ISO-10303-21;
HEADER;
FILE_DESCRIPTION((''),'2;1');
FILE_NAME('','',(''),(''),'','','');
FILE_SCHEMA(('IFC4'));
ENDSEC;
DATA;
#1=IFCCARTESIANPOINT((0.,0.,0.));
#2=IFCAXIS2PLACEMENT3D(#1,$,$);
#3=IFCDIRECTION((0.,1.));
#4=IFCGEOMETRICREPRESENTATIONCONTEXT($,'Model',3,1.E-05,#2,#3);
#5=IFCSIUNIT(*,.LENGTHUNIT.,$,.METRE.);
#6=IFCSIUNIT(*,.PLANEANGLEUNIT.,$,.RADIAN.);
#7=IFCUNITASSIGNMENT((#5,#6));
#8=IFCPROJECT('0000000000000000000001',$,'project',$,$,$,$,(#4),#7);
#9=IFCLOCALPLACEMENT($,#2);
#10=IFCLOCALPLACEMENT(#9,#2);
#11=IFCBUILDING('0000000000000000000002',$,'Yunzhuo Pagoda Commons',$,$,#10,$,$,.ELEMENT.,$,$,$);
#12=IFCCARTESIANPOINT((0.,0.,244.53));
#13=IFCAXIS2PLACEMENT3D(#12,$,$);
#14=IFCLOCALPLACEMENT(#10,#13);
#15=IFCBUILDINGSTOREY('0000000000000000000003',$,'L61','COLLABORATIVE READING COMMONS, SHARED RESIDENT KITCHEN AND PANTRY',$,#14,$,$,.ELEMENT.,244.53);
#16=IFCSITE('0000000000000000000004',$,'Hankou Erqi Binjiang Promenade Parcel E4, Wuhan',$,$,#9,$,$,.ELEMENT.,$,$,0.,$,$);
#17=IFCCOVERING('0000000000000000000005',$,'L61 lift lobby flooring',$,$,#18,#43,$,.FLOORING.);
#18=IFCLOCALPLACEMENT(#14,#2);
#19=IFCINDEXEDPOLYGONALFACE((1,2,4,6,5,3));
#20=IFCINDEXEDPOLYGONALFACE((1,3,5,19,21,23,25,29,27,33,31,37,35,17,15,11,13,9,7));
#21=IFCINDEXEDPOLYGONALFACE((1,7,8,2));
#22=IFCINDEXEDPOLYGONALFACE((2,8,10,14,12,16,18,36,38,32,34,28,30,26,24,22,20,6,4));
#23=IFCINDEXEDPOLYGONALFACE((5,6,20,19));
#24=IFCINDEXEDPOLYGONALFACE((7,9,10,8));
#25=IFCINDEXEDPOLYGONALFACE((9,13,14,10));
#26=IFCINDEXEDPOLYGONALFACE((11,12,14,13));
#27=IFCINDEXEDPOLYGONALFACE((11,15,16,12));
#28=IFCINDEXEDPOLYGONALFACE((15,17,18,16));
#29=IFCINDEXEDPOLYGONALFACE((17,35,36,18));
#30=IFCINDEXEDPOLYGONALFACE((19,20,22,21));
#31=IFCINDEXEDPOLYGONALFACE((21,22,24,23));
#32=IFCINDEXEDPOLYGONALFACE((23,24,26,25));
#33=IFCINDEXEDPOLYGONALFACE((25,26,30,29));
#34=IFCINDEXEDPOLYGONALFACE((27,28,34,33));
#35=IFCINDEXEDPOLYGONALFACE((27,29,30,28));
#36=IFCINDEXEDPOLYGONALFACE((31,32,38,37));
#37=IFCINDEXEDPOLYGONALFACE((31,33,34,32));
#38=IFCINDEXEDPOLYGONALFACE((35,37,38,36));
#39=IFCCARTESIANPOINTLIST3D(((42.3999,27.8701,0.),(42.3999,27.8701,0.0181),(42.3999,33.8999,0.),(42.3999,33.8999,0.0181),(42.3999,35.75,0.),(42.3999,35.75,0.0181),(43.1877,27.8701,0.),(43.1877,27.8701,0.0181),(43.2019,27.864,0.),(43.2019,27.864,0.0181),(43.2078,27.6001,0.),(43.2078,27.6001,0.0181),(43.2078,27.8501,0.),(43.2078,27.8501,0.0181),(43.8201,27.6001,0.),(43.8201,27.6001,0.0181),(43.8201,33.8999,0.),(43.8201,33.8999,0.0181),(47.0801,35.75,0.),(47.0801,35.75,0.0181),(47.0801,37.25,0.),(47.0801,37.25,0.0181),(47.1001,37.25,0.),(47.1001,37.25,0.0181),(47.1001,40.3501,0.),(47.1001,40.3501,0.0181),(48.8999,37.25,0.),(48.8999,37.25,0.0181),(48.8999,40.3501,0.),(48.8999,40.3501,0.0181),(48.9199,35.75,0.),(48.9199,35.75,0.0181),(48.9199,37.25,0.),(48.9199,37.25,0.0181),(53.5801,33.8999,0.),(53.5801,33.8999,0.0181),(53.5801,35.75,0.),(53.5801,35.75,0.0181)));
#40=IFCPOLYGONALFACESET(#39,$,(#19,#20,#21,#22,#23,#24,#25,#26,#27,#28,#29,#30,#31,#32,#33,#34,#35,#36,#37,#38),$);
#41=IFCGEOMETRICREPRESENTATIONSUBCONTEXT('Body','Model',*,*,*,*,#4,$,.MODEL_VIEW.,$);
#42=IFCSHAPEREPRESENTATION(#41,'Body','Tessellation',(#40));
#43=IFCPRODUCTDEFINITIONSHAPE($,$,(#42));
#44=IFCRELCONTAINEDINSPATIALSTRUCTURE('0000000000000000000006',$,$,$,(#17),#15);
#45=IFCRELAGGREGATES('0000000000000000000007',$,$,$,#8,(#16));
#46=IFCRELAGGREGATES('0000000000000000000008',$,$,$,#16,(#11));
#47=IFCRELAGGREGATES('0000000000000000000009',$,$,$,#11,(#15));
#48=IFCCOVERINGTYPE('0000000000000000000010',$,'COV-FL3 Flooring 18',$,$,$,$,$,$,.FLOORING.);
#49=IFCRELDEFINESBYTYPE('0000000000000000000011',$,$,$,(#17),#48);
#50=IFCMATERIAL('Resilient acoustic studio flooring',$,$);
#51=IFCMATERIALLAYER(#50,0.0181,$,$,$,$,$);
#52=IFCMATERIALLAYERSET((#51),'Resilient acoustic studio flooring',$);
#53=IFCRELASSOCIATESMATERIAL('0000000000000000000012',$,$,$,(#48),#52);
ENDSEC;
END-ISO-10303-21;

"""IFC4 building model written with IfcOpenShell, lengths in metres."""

from ifc_helpers import new_model, si_unit, direction, frame, origin, place, context, subcontext, project, spatial, polyline, outline, extrude, material, layer, layer_set, type_object, element, save


model = new_model("IFC4")

# Units and contexts
model_context = context("Model", 3, precision=1e-05, world=origin(), true_north=direction((0.0, 1.0)))
body_context = subcontext(model_context, "Body", "Model", "MODEL_VIEW")
ifc_project = project(units=[si_unit("LENGTHUNIT", "METRE"), si_unit("PLANEANGLEUNIT", "RADIAN")], contexts=[model_context])

# Site, building, storey
site_placement = place(None, origin())
site = spatial("IfcSite", under=ifc_project, at=site_placement, Name="Hankou Erqi Binjiang Promenade Parcel E4, Wuhan", CompositionType="ELEMENT", RefElevation=0.0)
building_placement = place(site_placement, origin())
building = spatial("IfcBuilding", under=site, at=building_placement, Name="Yunzhuo Pagoda Commons", CompositionType="ELEMENT")
storey_placement = place(building_placement, frame((0.0, 0.0, 244.53)))
storey = spatial("IfcBuildingStorey", under=building, at=storey_placement, Name="L61", Description="COLLABORATIVE READING COMMONS, SHARED RESIDENT KITCHEN AND PANTRY", CompositionType="ELEMENT", Elevation=244.53)

# Covering
ifc_material_1 = material(Name="Resilient acoustic studio flooring")
ifc_layer_1 = layer(ifc_material_1, 0.0181)
ifc_layer_set_1 = layer_set([ifc_layer_1], Name="Resilient acoustic studio flooring")
covering_type_1 = type_object("IfcCoveringType", Name="COV-FL3 Flooring 18", PredefinedType="FLOORING", material=ifc_layer_set_1)
covering_1_placement = place(storey_placement, origin())
element("IfcCovering", 1, at=covering_1_placement, inside=storey, type_object=covering_type_1, Name="L61 lift lobby flooring", PredefinedType="FLOORING", context=body_context, shape_type="SweptSolid", body=[
    extrude(outline(polyline([(42.3999, 35.75), (47.0801, 35.75), (47.0801, 37.25), (47.1001, 37.25), (47.1001, 40.3501), (48.8999, 40.3501), (48.8999, 37.25), (48.9199, 37.25), (48.9199, 35.75), (53.5801, 35.75), (53.5801, 33.8999), (43.8201, 33.8999), (43.8201, 27.6001), (43.2078, 27.6001), (43.2078, 27.8501), (43.2019, 27.864), (43.1877, 27.8701), (42.3999, 27.8701), (42.3999, 33.8999), (42.3999, 35.75)])), origin(), (0.0, 0.0, 1.0), 0.0181),
])

save(model, "model.ifc")
